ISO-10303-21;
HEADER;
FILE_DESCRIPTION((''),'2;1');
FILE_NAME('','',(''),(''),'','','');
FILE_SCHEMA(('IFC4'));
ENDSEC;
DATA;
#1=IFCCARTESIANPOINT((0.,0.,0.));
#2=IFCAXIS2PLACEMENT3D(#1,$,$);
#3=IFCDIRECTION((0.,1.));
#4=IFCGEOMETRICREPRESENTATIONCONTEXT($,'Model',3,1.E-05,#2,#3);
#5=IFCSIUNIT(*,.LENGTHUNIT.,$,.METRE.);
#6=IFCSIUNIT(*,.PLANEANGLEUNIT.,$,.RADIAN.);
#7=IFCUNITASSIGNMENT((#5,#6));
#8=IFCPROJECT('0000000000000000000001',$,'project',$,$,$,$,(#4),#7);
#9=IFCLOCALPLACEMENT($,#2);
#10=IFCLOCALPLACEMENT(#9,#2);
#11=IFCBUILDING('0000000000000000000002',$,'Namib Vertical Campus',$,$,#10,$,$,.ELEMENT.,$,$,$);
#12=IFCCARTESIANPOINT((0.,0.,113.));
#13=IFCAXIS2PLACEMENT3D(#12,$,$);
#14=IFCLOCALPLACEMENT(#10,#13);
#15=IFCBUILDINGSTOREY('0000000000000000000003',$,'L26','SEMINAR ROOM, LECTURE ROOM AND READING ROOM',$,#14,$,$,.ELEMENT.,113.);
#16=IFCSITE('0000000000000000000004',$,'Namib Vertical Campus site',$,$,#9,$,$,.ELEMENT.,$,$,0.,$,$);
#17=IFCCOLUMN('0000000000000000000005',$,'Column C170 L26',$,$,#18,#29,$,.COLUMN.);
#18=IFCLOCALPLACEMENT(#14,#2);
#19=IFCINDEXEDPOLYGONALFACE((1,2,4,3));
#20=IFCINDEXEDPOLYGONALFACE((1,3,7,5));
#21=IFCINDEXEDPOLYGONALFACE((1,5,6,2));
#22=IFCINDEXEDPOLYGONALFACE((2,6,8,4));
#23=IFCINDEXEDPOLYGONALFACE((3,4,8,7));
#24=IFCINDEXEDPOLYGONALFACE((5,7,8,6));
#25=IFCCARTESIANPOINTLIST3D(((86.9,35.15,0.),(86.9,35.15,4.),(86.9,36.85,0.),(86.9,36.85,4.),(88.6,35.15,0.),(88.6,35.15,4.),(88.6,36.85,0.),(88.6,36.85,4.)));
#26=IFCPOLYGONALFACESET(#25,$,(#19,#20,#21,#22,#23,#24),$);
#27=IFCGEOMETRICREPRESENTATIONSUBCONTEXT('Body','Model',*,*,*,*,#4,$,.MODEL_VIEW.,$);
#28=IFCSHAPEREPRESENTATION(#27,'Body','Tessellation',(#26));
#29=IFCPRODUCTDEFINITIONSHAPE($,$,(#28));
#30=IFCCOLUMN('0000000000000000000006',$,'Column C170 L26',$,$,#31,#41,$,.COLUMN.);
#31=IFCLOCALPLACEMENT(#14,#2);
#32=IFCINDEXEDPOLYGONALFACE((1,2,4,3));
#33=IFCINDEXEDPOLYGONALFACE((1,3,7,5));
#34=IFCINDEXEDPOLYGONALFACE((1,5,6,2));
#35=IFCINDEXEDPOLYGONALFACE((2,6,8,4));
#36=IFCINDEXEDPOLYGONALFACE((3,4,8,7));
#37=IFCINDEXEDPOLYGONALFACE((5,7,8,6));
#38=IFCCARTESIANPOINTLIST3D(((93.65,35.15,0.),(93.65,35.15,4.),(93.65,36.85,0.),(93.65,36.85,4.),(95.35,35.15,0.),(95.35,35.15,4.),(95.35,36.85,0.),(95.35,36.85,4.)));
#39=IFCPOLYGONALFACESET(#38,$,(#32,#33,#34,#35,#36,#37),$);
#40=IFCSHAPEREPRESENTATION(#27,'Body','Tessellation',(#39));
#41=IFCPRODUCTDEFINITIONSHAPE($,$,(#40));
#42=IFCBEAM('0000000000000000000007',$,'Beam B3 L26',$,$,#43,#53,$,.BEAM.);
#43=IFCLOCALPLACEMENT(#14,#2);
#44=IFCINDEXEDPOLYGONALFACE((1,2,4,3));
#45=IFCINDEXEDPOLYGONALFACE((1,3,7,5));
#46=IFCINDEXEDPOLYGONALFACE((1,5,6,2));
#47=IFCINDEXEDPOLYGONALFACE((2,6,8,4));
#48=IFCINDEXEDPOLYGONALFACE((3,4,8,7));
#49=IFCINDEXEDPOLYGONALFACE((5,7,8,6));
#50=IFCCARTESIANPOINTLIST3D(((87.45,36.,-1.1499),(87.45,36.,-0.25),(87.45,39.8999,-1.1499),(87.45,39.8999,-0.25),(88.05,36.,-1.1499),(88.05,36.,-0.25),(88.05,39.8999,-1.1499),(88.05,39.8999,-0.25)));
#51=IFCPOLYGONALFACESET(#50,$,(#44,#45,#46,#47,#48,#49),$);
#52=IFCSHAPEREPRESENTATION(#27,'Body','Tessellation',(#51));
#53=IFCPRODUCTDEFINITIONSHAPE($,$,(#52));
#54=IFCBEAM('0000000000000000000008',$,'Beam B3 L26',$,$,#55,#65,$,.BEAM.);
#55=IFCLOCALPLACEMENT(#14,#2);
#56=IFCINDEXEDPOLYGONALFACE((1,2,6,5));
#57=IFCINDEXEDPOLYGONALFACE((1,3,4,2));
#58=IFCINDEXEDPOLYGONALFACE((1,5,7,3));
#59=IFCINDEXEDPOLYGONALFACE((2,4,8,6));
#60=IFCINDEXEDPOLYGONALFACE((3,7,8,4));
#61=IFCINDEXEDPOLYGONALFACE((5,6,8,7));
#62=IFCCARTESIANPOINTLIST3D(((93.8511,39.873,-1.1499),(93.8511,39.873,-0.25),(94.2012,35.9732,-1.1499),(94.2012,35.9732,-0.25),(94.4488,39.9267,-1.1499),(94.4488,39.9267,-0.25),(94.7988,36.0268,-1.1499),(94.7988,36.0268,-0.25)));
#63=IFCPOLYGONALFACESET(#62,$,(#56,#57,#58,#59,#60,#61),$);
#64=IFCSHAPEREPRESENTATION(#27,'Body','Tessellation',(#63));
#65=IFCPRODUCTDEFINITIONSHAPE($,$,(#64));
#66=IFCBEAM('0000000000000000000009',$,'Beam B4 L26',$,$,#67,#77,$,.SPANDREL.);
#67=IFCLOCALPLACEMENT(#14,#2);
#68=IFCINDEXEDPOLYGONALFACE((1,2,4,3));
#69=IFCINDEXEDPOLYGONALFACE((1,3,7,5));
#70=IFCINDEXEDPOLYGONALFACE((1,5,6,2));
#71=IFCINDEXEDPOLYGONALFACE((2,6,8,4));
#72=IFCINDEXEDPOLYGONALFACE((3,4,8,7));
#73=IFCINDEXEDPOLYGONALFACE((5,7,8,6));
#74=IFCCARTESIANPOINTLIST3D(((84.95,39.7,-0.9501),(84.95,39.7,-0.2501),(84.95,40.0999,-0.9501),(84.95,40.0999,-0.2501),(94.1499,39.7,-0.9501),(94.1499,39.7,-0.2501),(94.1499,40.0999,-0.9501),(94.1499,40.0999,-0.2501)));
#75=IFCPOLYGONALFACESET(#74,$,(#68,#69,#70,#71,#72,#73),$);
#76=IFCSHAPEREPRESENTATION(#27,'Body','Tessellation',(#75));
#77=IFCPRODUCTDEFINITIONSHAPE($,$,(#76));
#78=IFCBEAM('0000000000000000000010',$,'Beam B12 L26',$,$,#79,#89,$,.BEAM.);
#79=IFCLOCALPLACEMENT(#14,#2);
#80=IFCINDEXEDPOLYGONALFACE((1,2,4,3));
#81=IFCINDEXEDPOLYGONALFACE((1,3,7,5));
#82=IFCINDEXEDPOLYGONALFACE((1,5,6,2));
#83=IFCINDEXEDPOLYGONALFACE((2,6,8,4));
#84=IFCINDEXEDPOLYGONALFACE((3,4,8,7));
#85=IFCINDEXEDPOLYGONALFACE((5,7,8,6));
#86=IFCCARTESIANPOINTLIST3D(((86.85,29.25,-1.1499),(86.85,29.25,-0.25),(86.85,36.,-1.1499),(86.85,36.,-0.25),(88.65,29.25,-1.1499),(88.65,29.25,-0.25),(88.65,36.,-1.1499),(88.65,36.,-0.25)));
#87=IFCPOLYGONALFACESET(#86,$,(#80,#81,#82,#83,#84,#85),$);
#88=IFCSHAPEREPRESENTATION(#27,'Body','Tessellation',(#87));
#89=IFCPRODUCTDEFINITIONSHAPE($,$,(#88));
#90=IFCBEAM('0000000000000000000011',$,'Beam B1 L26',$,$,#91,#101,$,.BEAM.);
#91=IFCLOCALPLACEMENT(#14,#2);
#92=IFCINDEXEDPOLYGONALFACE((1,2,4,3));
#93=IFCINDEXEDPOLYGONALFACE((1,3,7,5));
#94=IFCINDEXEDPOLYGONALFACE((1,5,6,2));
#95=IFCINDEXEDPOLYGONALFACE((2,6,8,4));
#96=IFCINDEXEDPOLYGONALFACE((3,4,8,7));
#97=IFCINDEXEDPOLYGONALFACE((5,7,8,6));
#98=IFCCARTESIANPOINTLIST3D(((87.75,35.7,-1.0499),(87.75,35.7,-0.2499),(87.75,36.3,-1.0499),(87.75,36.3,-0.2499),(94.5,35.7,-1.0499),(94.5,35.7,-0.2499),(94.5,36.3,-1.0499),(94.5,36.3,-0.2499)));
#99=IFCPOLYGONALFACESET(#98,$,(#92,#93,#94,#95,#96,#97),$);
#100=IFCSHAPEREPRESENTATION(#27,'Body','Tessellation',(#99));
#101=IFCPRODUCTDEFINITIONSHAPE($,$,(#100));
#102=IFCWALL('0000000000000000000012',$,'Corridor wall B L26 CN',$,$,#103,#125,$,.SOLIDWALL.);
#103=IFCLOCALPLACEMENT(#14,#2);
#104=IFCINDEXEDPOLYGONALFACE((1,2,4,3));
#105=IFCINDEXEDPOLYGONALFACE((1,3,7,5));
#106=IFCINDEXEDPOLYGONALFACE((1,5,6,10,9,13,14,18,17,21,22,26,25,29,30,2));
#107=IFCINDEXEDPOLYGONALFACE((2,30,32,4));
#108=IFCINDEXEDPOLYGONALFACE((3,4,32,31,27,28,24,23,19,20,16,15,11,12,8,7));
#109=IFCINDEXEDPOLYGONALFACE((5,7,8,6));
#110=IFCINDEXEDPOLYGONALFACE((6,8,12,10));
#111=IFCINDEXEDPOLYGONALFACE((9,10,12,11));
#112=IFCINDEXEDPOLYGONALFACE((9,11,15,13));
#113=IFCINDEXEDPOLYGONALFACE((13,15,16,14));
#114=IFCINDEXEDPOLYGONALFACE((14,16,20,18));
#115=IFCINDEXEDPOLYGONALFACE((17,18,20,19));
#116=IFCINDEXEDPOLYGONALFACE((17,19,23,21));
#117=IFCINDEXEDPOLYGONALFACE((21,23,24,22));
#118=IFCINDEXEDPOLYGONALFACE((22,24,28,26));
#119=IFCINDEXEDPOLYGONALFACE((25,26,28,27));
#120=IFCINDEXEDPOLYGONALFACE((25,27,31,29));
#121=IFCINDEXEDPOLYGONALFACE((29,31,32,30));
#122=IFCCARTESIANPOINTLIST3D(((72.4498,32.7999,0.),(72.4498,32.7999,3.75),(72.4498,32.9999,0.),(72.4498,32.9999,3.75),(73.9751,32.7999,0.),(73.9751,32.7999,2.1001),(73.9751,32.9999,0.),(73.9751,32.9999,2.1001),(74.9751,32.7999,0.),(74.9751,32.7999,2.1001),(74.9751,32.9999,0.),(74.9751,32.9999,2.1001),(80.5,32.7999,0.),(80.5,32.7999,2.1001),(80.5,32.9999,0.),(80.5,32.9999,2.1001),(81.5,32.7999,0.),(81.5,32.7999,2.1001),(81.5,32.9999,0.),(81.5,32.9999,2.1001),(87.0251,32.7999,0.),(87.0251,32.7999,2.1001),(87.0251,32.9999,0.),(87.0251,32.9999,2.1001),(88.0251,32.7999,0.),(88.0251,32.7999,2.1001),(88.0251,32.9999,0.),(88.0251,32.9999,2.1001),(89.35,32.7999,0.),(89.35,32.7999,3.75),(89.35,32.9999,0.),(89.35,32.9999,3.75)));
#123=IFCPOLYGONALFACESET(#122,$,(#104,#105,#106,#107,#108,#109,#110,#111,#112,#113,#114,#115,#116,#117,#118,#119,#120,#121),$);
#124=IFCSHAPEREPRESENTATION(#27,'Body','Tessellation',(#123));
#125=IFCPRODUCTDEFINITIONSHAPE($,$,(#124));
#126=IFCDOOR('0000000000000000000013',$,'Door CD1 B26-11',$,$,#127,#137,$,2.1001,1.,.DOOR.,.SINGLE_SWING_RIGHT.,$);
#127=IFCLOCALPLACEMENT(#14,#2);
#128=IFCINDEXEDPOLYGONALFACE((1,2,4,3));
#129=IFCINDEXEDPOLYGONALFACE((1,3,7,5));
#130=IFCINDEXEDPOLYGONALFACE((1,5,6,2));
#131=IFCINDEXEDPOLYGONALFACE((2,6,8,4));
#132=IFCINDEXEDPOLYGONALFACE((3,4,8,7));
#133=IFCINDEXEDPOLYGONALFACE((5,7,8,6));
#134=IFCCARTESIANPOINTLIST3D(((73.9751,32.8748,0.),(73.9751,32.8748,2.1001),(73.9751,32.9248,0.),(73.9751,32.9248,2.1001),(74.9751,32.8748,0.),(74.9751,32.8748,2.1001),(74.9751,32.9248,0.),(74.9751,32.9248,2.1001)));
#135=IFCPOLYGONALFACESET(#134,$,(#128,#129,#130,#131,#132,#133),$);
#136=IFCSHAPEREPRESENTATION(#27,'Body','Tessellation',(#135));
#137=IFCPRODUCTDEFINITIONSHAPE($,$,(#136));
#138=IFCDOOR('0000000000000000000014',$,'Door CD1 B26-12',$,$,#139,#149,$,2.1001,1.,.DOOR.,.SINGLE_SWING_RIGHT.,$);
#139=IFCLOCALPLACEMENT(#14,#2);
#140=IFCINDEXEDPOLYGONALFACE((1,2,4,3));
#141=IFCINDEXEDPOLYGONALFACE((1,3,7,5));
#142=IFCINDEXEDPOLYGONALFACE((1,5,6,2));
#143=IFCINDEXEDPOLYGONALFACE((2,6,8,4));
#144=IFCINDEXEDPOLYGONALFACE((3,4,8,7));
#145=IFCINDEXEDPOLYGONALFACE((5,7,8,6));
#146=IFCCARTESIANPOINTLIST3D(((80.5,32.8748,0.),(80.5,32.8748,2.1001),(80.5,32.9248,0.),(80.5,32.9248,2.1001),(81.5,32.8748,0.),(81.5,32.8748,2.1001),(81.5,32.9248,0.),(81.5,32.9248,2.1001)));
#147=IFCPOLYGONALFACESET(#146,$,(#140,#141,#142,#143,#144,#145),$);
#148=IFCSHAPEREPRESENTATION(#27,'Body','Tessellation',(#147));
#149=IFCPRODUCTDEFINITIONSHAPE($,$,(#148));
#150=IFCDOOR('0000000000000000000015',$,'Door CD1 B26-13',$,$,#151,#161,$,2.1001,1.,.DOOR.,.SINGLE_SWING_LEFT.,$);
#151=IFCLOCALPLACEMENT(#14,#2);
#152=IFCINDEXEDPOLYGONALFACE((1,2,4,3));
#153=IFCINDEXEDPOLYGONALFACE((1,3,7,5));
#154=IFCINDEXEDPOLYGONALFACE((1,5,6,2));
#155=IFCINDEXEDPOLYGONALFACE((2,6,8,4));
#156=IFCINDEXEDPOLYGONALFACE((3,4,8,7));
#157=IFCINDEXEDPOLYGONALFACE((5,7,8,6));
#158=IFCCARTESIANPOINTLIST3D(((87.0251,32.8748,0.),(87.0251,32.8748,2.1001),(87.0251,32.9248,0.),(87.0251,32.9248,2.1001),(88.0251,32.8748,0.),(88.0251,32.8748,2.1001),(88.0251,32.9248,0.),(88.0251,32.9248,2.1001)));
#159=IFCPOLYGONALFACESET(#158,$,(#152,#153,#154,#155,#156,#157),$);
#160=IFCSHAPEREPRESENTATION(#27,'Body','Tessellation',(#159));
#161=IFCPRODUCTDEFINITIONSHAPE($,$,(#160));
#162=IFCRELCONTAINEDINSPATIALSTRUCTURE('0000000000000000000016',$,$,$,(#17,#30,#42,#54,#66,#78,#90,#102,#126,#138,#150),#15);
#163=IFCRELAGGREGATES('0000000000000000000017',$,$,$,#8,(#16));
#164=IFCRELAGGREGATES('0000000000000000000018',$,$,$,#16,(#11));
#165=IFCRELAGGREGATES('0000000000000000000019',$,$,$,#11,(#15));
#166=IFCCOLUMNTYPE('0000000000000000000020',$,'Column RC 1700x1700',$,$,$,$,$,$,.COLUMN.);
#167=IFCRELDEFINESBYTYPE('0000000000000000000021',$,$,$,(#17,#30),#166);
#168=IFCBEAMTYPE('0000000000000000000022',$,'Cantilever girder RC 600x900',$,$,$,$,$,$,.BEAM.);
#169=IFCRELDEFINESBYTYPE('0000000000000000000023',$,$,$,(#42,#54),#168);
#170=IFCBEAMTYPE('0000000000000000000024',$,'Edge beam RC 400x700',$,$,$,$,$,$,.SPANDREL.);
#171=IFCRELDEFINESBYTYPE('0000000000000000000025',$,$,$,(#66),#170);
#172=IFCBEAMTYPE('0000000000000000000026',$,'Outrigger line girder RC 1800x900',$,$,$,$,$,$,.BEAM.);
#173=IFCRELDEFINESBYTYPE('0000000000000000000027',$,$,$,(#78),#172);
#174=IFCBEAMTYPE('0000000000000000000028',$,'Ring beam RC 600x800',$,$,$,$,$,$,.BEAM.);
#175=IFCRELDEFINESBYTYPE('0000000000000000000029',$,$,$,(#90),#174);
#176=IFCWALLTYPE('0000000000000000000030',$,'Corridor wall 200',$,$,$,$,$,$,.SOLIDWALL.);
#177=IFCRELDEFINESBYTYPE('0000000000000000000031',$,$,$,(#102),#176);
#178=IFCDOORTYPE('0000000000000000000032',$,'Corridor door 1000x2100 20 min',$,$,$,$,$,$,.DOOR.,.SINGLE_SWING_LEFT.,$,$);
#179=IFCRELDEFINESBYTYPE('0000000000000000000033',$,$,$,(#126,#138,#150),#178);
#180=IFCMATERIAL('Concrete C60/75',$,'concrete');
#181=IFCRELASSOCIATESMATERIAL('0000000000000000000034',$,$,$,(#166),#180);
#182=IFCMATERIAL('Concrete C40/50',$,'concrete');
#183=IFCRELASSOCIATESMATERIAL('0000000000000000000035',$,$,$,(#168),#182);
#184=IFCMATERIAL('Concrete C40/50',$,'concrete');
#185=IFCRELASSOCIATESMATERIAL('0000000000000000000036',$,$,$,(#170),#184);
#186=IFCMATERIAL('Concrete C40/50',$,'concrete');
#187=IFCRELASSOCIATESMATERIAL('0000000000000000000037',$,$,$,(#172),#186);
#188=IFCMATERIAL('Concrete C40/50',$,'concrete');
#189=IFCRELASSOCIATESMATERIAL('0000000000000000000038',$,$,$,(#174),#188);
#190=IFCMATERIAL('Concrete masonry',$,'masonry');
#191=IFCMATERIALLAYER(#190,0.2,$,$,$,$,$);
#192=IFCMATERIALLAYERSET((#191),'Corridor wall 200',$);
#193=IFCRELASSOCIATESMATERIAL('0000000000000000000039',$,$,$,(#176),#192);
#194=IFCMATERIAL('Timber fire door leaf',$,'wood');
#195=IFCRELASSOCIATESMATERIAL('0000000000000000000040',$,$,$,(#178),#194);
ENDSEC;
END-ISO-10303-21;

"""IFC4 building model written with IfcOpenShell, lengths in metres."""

from ifc_helpers import new_model, si_unit, direction, frame, frame_2d, origin, origin_2d, place, context, subcontext, project, spatial, rectangle, extrude, material, layer, layer_set, material_profile, profile_set, type_object, element, fill, save


model = new_model("IFC4")

# Units and contexts
model_context = context("Model", 3, precision=1e-05, world=origin(), true_north=direction((0.0, 1.0)))
body_context = subcontext(model_context, "Body", "Model", "MODEL_VIEW")
ifc_project = project(units=[si_unit("LENGTHUNIT", "METRE"), si_unit("PLANEANGLEUNIT", "RADIAN")], contexts=[model_context])

# Site, building, storey
site_placement = place(None, origin())
site = spatial("IfcSite", under=ifc_project, at=site_placement, Name="Namib Vertical Campus site", CompositionType="ELEMENT", RefElevation=0.0)
building_placement = place(site_placement, origin())
building = spatial("IfcBuilding", under=site, at=building_placement, Name="Namib Vertical Campus", CompositionType="ELEMENT")
storey_placement = place(building_placement, frame((0.0, 0.0, 113.0)))
storey = spatial("IfcBuildingStorey", under=building, at=storey_placement, Name="L26", Description="SEMINAR ROOM, LECTURE ROOM AND READING ROOM", CompositionType="ELEMENT", Elevation=113.0)

# Columns
ifc_material_1 = material(Name="Concrete C60/75", Category="concrete")
ifc_material_profile_1 = material_profile(ifc_material_1, rectangle(XDim=1.7, YDim=1.7, at=origin_2d()))
ifc_profile_set_1 = profile_set([ifc_material_profile_1], Name="Concrete C60/75")
column_type = type_object("IfcColumnType", Name="Column RC 1700x1700", PredefinedType="COLUMN", material=ifc_profile_set_1)
for number, where, z_axis, x_axis, name in (
    (1, (87.75, 36.0, 0.0), (0.0, 0.0, 1.0), (1.0, 0.0, 0.0), "Column C170 L26"),
    (2, (94.5, 36.0, 0.0), (0.0, 0.0, 1.0), (1.0, 0.0, 0.0), "Column C170 L26"),
):
    element("IfcColumn", number, at=place(storey_placement, frame(where, z_axis=z_axis, x_axis=x_axis)), inside=storey, type_object=column_type, Name=name, PredefinedType="COLUMN", context=body_context, shape_type="SweptSolid", body=[
        extrude(rectangle(XDim=1.7, YDim=1.7, at=origin_2d()), origin(), (0.0, 0.0, 1.0), 4.0),
    ])

# Beams
ifc_material_2 = material(Name="Concrete C40/50", Category="concrete")
ifc_material_profile_2 = material_profile(ifc_material_2, rectangle(XDim=0.6001, YDim=0.8999, at=origin_2d()))
ifc_profile_set_2 = profile_set([ifc_material_profile_2], Name="Concrete C40/50")
beam_type_1 = type_object("IfcBeamType", Name="Cantilever girder RC 600x900", PredefinedType="BEAM", material=ifc_profile_set_2)
beam_1_placement = place(storey_placement, frame((87.75, 36.0, -0.7), z_axis=(0.0, 1.0, 0.0), x_axis=(-1.0, 0.0, 0.0)))
element("IfcBeam", 3, at=beam_1_placement, inside=storey, type_object=beam_type_1, Name="Beam B3 L26", PredefinedType="BEAM", context=body_context, shape_type="SweptSolid", body=[
    extrude(rectangle(XDim=0.6001, YDim=0.8999, at=origin_2d()), origin(), (0.0, 0.0, 1.0), 3.8999),
])
beam_2_placement = place(storey_placement, frame((94.5, 36.0, -0.7), z_axis=(-0.089411, 0.995995, 0.0), x_axis=(-0.995995, -0.089411, 0.0)))
element("IfcBeam", 4, at=beam_2_placement, inside=storey, type_object=beam_type_1, Name="Beam B3 L26", PredefinedType="BEAM", context=body_context, shape_type="SweptSolid", body=[
    extrude(rectangle(XDim=0.6001, YDim=0.8999, at=origin_2d()), origin(), (0.0, 0.0, 1.0), 3.9155),
])
ifc_material_3 = material(Name="Concrete C40/50", Category="concrete")
ifc_material_profile_3 = material_profile(ifc_material_3, rectangle(XDim=0.3999, YDim=0.7, at=origin_2d()))
ifc_profile_set_3 = profile_set([ifc_material_profile_3], Name="Concrete C40/50")
beam_type_2 = type_object("IfcBeamType", Name="Edge beam RC 400x700", PredefinedType="SPANDREL", material=ifc_profile_set_3)
beam_3_placement = place(storey_placement, frame((84.95, 39.8999, -0.6001), z_axis=(1.0, 0.0, 0.0), x_axis=(0.0, 1.0, 0.0)))
element("IfcBeam", 5, at=beam_3_placement, inside=storey, type_object=beam_type_2, Name="Beam B4 L26", PredefinedType="SPANDREL", context=body_context, shape_type="SweptSolid", body=[
    extrude(rectangle(XDim=0.3999, YDim=0.7, at=origin_2d()), origin(), (0.0, 0.0, 1.0), 9.2),
])
ifc_material_4 = material(Name="Concrete C40/50", Category="concrete")
ifc_material_profile_4 = material_profile(ifc_material_4, rectangle(XDim=1.8, YDim=0.8999, at=origin_2d()))
ifc_profile_set_4 = profile_set([ifc_material_profile_4], Name="Concrete C40/50")
beam_type_3 = type_object("IfcBeamType", Name="Outrigger line girder RC 1800x900", PredefinedType="BEAM", material=ifc_profile_set_4)
beam_4_placement = place(storey_placement, frame((87.75, 36.0, -0.7), z_axis=(0.0, -1.0, 0.0), x_axis=(1.0, 0.0, 0.0)))
element("IfcBeam", 6, at=beam_4_placement, inside=storey, type_object=beam_type_3, Name="Beam B12 L26", PredefinedType="BEAM", context=body_context, shape_type="SweptSolid", body=[
    extrude(rectangle(XDim=1.8, YDim=0.8999, at=origin_2d()), origin(), (0.0, 0.0, 1.0), 6.75),
])
ifc_material_5 = material(Name="Concrete C40/50", Category="concrete")
ifc_material_profile_5 = material_profile(ifc_material_5, rectangle(XDim=0.6001, YDim=0.8, at=origin_2d()))
ifc_profile_set_5 = profile_set([ifc_material_profile_5], Name="Concrete C40/50")
beam_type_4 = type_object("IfcBeamType", Name="Ring beam RC 600x800", PredefinedType="BEAM", material=ifc_profile_set_5)
beam_5_placement = place(storey_placement, frame((87.75, 36.0, -0.6499), z_axis=(1.0, 0.0, 0.0), x_axis=(0.0, 1.0, 0.0)))
element("IfcBeam", 7, at=beam_5_placement, inside=storey, type_object=beam_type_4, Name="Beam B1 L26", PredefinedType="BEAM", context=body_context, shape_type="SweptSolid", body=[
    extrude(rectangle(XDim=0.6001, YDim=0.8, at=origin_2d()), origin(), (0.0, 0.0, 1.0), 6.75),
])

# Wall, openings, doors
ifc_material_6 = material(Name="Concrete masonry", Category="masonry")
ifc_layer_1 = layer(ifc_material_6, 0.2)
ifc_layer_set_1 = layer_set([ifc_layer_1], Name="Corridor wall 200")
wall_type_1 = type_object("IfcWallType", Name="Corridor wall 200", PredefinedType="SOLIDWALL", material=ifc_layer_set_1)
wall_1_placement = place(storey_placement, frame((89.3501, 32.8999, 0.0), z_axis=(0.0, 0.0, 1.0), x_axis=(-1.0, 0.0, 0.0)))
wall_1 = element("IfcWall", 8, at=wall_1_placement, inside=storey, type_object=wall_type_1, Name="Corridor wall B L26 CN", PredefinedType="SOLIDWALL", context=body_context, shape_type="SweptSolid", body=[
    extrude(rectangle(XDim=16.9001, YDim=0.2, at=frame_2d((8.4502, 0.0))), origin(), (0.0, 0.0, 1.0), 3.75),
])
opening_1_placement = place(wall_1_placement, frame((14.375, 0.0, 0.0)))
opening_1 = element("IfcOpeningElement", 9, at=opening_1_placement, cuts=wall_1, PredefinedType="OPENING", context=body_context, shape_type="SweptSolid", body=[
    extrude(rectangle(XDim=1.0, YDim=2.1001, at=frame_2d((0.5, 1.05))), frame((0.0, 0.1099, 0.0), z_axis=(0.0, -1.0, 0.0), x_axis=(1.0, 0.0, 0.0)), (0.0, 0.0, 1.0), 0.22),
])
opening_2_placement = place(wall_1_placement, frame((7.8501, 0.0, 0.0)))
opening_2 = element("IfcOpeningElement", 10, at=opening_2_placement, cuts=wall_1, PredefinedType="OPENING", context=body_context, shape_type="SweptSolid", body=[
    extrude(rectangle(XDim=1.0, YDim=2.1001, at=frame_2d((0.5, 1.05))), frame((0.0, 0.1099, 0.0), z_axis=(0.0, -1.0, 0.0), x_axis=(1.0, 0.0, 0.0)), (0.0, 0.0, 1.0), 0.22),
])
opening_3_placement = place(wall_1_placement, frame((1.325, 0.0, 0.0)))
opening_3 = element("IfcOpeningElement", 11, at=opening_3_placement, cuts=wall_1, PredefinedType="OPENING", context=body_context, shape_type="SweptSolid", body=[
    extrude(rectangle(XDim=1.0, YDim=2.1001, at=frame_2d((0.5, 1.05))), frame((0.0, 0.1099, 0.0), z_axis=(0.0, -1.0, 0.0), x_axis=(1.0, 0.0, 0.0)), (0.0, 0.0, 1.0), 0.22),
])
ifc_material_7 = material(Name="Timber fire door leaf", Category="wood")
door_type = type_object("IfcDoorType", Name="Corridor door 1000x2100 20 min", OperationType="SINGLE_SWING_LEFT", PredefinedType="DOOR", material=ifc_material_7)
door_1_placement = place(opening_1_placement, frame((1.0, 0.0, 0.0), z_axis=(0.0, 0.0, 1.0), x_axis=(-1.0, 0.0, 0.0)))
door_1 = element("IfcDoor", 12, at=door_1_placement, inside=storey, type_object=door_type, Name="Door CD1 B26-11", OperationType="SINGLE_SWING_RIGHT", OverallHeight=2.1001, OverallWidth=1.0, PredefinedType="DOOR", context=body_context, shape_type="SweptSolid", body=[
    extrude(rectangle(XDim=1.0, YDim=2.1001, at=frame_2d((0.5, 1.05))), frame((0.0, 0.0249, 0.0), z_axis=(0.0, -1.0, 0.0), x_axis=(1.0, 0.0, 0.0)), (0.0, 0.0, 1.0), 0.05),
])
fill(opening_1, door_1)
door_2_placement = place(opening_2_placement, frame((1.0, 0.0, 0.0), z_axis=(0.0, 0.0, 1.0), x_axis=(-1.0, 0.0, 0.0)))
door_2 = element("IfcDoor", 13, at=door_2_placement, inside=storey, type_object=door_type, Name="Door CD1 B26-12", OperationType="SINGLE_SWING_RIGHT", OverallHeight=2.1001, OverallWidth=1.0, PredefinedType="DOOR", context=body_context, shape_type="SweptSolid", body=[
    extrude(rectangle(XDim=1.0, YDim=2.1001, at=frame_2d((0.5, 1.05))), frame((0.0, 0.0249, 0.0), z_axis=(0.0, -1.0, 0.0), x_axis=(1.0, 0.0, 0.0)), (0.0, 0.0, 1.0), 0.05),
])
fill(opening_2, door_2)
door_3_placement = place(opening_3_placement, frame((1.0, 0.0, 0.0), z_axis=(0.0, 0.0, 1.0), x_axis=(-1.0, 0.0, 0.0)))
door_3 = element("IfcDoor", 14, at=door_3_placement, inside=storey, type_object=door_type, Name="Door CD1 B26-13", OperationType="SINGLE_SWING_LEFT", OverallHeight=2.1001, OverallWidth=1.0, PredefinedType="DOOR", context=body_context, shape_type="SweptSolid", body=[
    extrude(rectangle(XDim=1.0, YDim=2.1001, at=frame_2d((0.5, 1.05))), frame((0.0, 0.0249, 0.0), z_axis=(0.0, -1.0, 0.0), x_axis=(1.0, 0.0, 0.0)), (0.0, 0.0, 1.0), 0.05),
])
fill(opening_3, door_3)

save(model, "model.ifc")
